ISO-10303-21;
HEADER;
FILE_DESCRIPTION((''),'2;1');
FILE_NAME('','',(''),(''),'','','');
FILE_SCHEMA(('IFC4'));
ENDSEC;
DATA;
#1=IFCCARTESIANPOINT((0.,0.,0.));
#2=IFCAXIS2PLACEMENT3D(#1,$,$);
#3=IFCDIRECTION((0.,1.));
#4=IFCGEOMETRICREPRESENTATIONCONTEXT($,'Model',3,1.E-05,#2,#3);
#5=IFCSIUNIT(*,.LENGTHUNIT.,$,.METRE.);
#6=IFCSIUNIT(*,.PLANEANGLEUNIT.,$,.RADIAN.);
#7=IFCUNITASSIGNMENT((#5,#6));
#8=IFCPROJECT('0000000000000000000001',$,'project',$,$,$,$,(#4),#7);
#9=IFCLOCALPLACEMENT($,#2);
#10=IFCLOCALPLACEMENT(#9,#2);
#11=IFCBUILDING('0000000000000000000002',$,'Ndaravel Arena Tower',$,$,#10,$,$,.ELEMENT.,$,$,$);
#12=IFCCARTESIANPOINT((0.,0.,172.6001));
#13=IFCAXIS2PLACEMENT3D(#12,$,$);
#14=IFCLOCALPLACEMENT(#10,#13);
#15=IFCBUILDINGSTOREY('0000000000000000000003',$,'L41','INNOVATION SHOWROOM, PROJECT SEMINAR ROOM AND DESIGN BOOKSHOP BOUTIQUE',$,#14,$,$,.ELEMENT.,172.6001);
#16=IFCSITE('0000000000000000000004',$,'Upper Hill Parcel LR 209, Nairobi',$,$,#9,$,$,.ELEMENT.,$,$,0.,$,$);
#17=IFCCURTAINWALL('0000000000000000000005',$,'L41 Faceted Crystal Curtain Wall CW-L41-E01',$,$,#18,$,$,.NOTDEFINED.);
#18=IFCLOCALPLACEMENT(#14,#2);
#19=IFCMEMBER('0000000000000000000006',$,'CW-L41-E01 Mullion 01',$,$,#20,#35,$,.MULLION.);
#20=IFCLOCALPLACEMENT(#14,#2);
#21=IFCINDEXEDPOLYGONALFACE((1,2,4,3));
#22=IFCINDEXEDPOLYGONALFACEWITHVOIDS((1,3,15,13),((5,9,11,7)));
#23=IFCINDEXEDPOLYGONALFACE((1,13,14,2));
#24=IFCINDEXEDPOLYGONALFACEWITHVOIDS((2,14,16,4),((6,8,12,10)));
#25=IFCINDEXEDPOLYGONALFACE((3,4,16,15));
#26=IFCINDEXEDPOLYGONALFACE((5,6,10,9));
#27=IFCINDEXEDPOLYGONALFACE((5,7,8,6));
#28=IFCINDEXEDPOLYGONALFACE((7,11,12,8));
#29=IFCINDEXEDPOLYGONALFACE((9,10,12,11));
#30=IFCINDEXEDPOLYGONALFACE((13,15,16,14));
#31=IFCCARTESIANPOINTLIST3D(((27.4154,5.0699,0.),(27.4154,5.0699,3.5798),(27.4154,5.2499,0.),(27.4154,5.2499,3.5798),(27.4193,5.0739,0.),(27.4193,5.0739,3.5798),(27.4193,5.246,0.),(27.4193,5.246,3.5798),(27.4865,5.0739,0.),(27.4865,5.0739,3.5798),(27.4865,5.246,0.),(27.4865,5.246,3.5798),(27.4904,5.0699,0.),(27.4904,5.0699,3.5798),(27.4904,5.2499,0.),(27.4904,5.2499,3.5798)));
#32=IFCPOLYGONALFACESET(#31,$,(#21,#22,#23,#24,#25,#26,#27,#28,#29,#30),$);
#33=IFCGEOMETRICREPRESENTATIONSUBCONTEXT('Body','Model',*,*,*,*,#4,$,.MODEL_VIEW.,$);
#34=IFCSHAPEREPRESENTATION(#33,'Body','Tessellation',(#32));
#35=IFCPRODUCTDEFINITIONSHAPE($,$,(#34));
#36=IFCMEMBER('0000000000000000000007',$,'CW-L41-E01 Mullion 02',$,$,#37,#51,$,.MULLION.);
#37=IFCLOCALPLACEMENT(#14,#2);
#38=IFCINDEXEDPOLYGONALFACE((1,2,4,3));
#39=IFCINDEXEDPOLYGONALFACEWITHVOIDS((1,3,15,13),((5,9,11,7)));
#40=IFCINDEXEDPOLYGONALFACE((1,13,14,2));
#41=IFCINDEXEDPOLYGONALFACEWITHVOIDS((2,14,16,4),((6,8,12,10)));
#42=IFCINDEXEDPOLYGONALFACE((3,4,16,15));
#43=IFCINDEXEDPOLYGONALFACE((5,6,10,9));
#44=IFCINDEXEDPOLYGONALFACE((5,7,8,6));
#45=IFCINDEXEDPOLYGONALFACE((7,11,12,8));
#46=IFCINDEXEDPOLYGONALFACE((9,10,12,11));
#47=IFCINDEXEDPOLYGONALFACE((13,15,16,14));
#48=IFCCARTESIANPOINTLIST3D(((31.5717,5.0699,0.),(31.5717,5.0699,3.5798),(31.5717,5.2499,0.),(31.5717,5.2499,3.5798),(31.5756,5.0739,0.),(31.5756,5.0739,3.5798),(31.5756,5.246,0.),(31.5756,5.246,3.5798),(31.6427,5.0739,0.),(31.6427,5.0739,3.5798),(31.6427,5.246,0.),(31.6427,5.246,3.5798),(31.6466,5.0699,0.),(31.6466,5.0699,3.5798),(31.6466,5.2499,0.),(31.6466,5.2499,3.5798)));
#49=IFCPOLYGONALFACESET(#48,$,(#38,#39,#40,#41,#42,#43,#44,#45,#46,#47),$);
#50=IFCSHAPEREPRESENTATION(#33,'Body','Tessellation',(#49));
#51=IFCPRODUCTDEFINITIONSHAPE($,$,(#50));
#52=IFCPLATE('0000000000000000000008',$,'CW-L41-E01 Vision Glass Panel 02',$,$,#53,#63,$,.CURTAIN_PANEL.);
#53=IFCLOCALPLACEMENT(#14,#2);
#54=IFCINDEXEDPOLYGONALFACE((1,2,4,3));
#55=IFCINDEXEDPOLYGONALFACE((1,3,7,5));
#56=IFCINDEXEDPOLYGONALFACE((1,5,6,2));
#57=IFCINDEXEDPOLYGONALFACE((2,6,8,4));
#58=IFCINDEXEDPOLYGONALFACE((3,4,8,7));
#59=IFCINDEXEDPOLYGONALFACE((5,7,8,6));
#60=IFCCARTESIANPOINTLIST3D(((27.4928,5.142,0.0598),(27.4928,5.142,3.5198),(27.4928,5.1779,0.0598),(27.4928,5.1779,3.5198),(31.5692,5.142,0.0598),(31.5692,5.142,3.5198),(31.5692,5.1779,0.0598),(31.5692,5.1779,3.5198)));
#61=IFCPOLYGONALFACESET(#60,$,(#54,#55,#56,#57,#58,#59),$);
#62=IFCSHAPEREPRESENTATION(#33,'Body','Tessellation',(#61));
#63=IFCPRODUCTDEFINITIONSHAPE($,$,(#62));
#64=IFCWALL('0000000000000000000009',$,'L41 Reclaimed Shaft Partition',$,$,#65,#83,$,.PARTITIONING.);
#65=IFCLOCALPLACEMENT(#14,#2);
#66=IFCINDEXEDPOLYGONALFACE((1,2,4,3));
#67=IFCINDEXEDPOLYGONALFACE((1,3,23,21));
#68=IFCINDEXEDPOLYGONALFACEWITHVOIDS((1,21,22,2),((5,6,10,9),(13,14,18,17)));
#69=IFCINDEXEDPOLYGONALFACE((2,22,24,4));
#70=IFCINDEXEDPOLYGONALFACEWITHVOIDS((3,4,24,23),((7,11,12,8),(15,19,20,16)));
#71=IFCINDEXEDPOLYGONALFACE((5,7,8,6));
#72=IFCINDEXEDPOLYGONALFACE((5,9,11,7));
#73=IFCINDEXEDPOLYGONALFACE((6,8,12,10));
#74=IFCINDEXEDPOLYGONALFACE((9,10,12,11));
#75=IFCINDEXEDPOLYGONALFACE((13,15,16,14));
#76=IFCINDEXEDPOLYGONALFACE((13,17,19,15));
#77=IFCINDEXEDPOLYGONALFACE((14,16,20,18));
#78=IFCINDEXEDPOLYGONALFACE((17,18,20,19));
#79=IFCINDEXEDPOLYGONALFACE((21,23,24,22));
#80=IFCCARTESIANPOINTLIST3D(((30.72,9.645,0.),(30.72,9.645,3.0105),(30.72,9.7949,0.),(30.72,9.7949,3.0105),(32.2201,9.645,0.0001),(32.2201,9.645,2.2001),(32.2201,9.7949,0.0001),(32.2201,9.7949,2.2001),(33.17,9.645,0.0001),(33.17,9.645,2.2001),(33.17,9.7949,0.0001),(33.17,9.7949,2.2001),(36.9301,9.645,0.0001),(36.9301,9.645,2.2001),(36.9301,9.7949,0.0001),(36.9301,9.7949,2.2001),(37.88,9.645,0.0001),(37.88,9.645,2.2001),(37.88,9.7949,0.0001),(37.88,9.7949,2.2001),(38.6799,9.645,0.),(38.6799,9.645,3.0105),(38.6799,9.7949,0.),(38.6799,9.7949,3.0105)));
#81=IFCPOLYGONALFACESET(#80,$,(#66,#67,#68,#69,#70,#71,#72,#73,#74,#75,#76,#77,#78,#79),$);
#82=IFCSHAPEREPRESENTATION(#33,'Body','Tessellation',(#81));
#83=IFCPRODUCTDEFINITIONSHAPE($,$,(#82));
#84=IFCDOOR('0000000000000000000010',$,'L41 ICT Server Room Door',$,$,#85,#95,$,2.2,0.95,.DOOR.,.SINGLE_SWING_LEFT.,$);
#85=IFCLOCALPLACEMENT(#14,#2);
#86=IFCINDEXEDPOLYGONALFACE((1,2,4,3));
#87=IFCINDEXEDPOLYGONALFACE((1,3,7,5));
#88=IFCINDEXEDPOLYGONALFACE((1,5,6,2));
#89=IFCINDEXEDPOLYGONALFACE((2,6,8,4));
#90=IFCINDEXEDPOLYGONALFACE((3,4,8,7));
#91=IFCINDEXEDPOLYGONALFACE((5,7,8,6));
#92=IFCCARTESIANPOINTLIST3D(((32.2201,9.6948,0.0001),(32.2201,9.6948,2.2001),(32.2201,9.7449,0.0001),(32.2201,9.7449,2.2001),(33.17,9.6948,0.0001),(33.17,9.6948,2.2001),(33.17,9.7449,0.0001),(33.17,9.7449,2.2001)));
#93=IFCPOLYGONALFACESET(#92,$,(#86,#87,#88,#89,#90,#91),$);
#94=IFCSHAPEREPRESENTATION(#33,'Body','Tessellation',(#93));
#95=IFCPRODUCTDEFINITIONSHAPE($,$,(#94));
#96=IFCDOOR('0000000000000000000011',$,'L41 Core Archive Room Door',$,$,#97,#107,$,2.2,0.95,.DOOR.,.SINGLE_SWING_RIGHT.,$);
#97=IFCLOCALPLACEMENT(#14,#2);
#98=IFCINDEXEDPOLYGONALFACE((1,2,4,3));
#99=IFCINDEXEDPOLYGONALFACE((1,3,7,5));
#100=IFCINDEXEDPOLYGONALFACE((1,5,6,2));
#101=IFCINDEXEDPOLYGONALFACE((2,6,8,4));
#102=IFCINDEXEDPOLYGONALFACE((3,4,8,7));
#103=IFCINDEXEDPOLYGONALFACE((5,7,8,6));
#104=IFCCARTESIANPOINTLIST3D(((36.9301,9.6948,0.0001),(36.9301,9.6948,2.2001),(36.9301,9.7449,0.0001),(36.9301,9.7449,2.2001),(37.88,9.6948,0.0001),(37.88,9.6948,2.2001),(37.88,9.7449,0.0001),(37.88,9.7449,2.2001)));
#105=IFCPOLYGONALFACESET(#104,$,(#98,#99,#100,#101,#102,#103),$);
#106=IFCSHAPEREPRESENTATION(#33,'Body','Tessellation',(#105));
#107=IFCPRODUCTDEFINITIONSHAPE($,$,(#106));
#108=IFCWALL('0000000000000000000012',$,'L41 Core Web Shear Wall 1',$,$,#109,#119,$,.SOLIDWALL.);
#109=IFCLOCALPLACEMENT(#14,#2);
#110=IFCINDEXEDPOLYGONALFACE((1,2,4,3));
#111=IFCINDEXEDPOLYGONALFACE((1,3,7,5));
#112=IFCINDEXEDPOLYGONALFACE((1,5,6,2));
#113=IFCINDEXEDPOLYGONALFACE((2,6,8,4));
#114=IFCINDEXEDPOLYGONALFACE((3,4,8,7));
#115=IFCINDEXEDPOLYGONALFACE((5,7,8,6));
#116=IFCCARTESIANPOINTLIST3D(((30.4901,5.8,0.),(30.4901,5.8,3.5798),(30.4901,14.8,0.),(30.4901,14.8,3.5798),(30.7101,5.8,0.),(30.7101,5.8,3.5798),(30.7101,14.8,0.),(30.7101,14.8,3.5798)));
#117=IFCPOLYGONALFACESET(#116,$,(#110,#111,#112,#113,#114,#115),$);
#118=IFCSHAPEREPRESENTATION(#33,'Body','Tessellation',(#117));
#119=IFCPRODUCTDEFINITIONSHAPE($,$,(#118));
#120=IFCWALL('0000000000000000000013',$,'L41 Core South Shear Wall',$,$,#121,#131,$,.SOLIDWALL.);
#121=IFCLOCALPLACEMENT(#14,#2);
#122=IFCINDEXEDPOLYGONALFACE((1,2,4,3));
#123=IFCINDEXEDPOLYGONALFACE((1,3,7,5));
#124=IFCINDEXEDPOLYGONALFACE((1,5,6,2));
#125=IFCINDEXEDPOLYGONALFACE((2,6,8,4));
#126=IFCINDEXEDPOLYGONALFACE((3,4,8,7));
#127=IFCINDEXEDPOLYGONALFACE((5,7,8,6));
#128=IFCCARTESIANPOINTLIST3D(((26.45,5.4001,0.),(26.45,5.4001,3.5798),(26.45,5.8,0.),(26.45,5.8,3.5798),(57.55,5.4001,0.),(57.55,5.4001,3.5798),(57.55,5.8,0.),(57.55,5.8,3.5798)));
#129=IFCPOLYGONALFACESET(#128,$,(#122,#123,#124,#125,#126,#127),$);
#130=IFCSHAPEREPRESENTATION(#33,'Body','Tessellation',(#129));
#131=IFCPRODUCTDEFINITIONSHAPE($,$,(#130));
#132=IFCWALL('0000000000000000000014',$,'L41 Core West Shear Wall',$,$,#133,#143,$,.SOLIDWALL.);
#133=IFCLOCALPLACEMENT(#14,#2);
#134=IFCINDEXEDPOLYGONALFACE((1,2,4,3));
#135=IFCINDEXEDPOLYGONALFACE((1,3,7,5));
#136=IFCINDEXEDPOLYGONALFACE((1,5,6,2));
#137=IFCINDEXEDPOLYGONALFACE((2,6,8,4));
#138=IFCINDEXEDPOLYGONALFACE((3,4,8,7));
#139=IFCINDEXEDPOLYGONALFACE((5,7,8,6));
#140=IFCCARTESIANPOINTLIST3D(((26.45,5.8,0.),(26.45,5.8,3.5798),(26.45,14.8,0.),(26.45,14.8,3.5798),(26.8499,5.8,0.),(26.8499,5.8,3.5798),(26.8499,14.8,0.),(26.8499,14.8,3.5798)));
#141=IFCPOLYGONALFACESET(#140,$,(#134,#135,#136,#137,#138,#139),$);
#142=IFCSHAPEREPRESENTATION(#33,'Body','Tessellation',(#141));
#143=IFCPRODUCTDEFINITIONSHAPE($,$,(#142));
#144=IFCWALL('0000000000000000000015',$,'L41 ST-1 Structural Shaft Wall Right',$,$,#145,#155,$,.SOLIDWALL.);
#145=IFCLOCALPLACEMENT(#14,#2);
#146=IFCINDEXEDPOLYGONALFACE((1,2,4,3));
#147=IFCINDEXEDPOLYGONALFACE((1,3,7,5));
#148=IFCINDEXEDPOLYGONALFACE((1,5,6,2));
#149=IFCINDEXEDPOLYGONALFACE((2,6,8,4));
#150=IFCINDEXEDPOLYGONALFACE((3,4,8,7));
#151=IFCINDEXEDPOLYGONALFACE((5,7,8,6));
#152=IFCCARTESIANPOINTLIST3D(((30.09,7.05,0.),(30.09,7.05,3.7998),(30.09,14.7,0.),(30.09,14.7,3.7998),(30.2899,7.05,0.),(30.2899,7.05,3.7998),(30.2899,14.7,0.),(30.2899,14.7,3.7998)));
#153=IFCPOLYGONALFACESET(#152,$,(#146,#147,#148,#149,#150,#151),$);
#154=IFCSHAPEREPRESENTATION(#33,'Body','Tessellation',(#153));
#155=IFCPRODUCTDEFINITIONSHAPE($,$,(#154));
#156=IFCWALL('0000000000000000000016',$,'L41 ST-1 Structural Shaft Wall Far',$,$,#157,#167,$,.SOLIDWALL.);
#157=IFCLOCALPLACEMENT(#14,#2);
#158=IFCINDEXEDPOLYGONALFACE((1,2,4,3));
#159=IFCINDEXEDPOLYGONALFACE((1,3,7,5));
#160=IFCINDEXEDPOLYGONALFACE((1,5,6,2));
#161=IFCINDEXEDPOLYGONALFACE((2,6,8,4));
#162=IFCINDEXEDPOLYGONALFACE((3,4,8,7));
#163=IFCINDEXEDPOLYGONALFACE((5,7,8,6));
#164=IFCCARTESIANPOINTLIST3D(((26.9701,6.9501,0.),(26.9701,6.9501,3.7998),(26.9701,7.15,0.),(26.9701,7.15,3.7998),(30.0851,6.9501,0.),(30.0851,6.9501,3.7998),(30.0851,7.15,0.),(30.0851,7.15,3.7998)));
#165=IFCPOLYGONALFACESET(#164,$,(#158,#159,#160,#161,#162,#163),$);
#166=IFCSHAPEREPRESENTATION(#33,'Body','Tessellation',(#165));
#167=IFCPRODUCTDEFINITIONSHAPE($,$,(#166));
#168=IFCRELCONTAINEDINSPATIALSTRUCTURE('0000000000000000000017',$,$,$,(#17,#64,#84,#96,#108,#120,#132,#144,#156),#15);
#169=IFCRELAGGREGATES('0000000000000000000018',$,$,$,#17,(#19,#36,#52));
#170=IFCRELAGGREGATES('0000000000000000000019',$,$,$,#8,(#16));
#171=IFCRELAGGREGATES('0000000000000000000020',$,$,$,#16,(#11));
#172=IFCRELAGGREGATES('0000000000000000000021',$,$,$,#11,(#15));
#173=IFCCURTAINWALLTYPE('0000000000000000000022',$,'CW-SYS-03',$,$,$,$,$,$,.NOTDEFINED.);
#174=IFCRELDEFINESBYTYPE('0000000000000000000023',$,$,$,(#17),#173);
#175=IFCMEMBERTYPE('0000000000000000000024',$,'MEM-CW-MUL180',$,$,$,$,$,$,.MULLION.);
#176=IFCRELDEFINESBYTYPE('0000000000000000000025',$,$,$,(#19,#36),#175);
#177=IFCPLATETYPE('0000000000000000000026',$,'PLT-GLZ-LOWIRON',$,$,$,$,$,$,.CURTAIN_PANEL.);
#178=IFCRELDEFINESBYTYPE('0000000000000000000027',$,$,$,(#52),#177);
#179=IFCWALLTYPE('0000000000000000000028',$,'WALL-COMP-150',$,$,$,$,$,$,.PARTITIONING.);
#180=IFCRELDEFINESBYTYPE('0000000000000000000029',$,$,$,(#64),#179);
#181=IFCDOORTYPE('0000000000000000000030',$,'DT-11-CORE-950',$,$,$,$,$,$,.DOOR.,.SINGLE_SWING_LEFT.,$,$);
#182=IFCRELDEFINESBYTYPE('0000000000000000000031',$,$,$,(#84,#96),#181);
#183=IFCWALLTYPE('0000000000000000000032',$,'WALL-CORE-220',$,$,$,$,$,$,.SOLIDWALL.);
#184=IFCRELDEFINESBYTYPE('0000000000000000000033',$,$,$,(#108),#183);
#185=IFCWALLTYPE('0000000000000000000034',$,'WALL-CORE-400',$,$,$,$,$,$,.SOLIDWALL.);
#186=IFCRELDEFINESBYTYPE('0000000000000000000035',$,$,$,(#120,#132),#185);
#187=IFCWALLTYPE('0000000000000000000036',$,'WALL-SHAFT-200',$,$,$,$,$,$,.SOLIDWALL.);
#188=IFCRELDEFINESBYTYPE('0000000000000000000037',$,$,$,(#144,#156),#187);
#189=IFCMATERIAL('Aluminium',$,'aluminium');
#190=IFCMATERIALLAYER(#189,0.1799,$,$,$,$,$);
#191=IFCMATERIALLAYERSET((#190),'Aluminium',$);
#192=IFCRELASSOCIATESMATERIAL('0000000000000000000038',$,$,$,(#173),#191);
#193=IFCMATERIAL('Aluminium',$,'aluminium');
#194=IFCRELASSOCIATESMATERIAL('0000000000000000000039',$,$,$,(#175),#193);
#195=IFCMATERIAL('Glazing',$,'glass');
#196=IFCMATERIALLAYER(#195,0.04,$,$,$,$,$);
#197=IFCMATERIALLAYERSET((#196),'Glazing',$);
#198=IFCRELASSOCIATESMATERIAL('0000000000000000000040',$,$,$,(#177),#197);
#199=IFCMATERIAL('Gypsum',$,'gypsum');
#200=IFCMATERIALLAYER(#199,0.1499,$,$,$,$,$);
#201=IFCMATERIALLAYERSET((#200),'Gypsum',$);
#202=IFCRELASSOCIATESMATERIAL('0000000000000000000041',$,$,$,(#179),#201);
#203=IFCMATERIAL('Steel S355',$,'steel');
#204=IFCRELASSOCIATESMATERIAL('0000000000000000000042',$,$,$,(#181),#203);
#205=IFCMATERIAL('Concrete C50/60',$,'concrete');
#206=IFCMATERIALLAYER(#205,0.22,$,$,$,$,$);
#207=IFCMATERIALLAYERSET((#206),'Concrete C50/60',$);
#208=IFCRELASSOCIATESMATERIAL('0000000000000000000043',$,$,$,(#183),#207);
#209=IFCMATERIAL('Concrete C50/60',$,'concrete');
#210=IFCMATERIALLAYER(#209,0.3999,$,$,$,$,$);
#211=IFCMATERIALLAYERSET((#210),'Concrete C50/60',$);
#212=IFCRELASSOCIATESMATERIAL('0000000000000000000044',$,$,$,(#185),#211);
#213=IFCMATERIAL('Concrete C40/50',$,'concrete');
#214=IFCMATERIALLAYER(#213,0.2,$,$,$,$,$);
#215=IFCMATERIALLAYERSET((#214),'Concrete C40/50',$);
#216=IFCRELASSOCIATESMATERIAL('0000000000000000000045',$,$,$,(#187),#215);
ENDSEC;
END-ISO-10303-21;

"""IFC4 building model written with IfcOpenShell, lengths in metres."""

from ifc_helpers import new_model, si_unit, direction, frame, frame_2d, origin, origin_2d, place, context, subcontext, project, spatial, rectangle, hollow_rectangle, extrude, material, layer, layer_set, material_profile, profile_set, type_object, element, fill, aggregate, save


model = new_model("IFC4")

# Units and contexts
model_context = context("Model", 3, precision=1e-05, world=origin(), true_north=direction((0.0, 1.0)))
body_context = subcontext(model_context, "Body", "Model", "MODEL_VIEW")
ifc_project = project(units=[si_unit("LENGTHUNIT", "METRE"), si_unit("PLANEANGLEUNIT", "RADIAN")], contexts=[model_context])

# Site, building, storey
site_placement = place(None, origin())
site = spatial("IfcSite", under=ifc_project, at=site_placement, Name="Upper Hill Parcel LR 209, Nairobi", CompositionType="ELEMENT", RefElevation=0.0)
building_placement = place(site_placement, origin())
building = spatial("IfcBuilding", under=site, at=building_placement, Name="Ndaravel Arena Tower", CompositionType="ELEMENT")
storey_placement = place(building_placement, frame((0.0, 0.0, 172.6001)))
storey = spatial("IfcBuildingStorey", under=building, at=storey_placement, Name="L41", Description="INNOVATION SHOWROOM, PROJECT SEMINAR ROOM AND DESIGN BOOKSHOP BOUTIQUE", CompositionType="ELEMENT", Elevation=172.6001)

# Curtain wall, members, plate
ifc_material_1 = material(Name="Aluminium", Category="aluminium")
ifc_layer_1 = layer(ifc_material_1, 0.1799)
ifc_layer_set_1 = layer_set([ifc_layer_1], Name="Aluminium")
curtain_wall_type = type_object("IfcCurtainWallType", Name="CW-SYS-03", PredefinedType="NOTDEFINED", material=ifc_layer_set_1)
curtain_wall_placement = place(storey_placement, origin())
curtain_wall = element("IfcCurtainWall", 1, at=curtain_wall_placement, inside=storey, type_object=curtain_wall_type, Name="L41 Faceted Crystal Curtain Wall CW-L41-E01", PredefinedType="NOTDEFINED")
ifc_material_2 = material(Name="Aluminium", Category="aluminium")
ifc_material_profile = material_profile(ifc_material_2, hollow_rectangle(XDim=0.075, YDim=0.1799, WallThickness=0.0039, at=origin_2d()), Name="CW MULLION 75x180x4")
ifc_profile_set = profile_set([ifc_material_profile], Name="Aluminium")
member_type = type_object("IfcMemberType", Name="MEM-CW-MUL180", PredefinedType="MULLION", material=ifc_profile_set)
member_1_placement = place(storey_placement, frame((27.4529, 5.1599, 0.0), z_axis=(0.0, 0.0, 1.0), x_axis=(1.0, 0.0, 0.0)))
member_1 = element("IfcMember", 2, at=member_1_placement, type_object=member_type, Name="CW-L41-E01 Mullion 01", PredefinedType="MULLION", context=body_context, shape_type="SweptSolid", body=[
    extrude(hollow_rectangle(XDim=0.075, YDim=0.1799, WallThickness=0.0039, at=origin_2d()), origin(), (0.0, 0.0, 1.0), 3.5798),
])
member_2_placement = place(storey_placement, frame((31.6091, 5.1599, 0.0), z_axis=(0.0, 0.0, 1.0), x_axis=(1.0, 0.0, 0.0)))
member_2 = element("IfcMember", 3, at=member_2_placement, type_object=member_type, Name="CW-L41-E01 Mullion 02", PredefinedType="MULLION", context=body_context, shape_type="SweptSolid", body=[
    extrude(hollow_rectangle(XDim=0.075, YDim=0.1799, WallThickness=0.0039, at=origin_2d()), origin(), (0.0, 0.0, 1.0), 3.5798),
])
ifc_material_3 = material(Name="Glazing", Category="glass")
ifc_layer_2 = layer(ifc_material_3, 0.04)
ifc_layer_set_2 = layer_set([ifc_layer_2], Name="Glazing")
plate_type = type_object("IfcPlateType", Name="PLT-GLZ-LOWIRON", PredefinedType="CURTAIN_PANEL", material=ifc_layer_set_2)
plate_placement = place(storey_placement, frame((29.531, 5.1599, 0.0598), z_axis=(0.0, 0.0, 1.0), x_axis=(1.0, 0.0, 0.0)))
plate = element("IfcPlate", 4, at=plate_placement, type_object=plate_type, Name="CW-L41-E01 Vision Glass Panel 02", PredefinedType="CURTAIN_PANEL", context=body_context, shape_type="SweptSolid", body=[
    extrude(rectangle(XDim=4.0764, YDim=0.0359, at=origin_2d()), origin(), (0.0, 0.0, 1.0), 3.46),
])
aggregate(curtain_wall, [member_1, member_2, plate])

# Wall, openings, doors
ifc_material_4 = material(Name="Gypsum", Category="gypsum")
ifc_layer_3 = layer(ifc_material_4, 0.1499)
ifc_layer_set_3 = layer_set([ifc_layer_3], Name="Gypsum")
wall_type_1 = type_object("IfcWallType", Name="WALL-COMP-150", PredefinedType="PARTITIONING", material=ifc_layer_set_3)
wall_1_placement = place(storey_placement, frame((30.72, 9.72, 0.0), z_axis=(0.0, 0.0, 1.0), x_axis=(1.0, 0.0, 0.0)))
wall_1 = element("IfcWall", 5, at=wall_1_placement, inside=storey, type_object=wall_type_1, Name="L41 Reclaimed Shaft Partition", PredefinedType="PARTITIONING", context=body_context, shape_type="SweptSolid", body=[
    extrude(rectangle(XDim=7.96, YDim=0.1499, at=frame_2d((3.98, 0.0))), origin(), (0.0, 0.0, 1.0), 3.0105),
])
opening_1_placement = place(wall_1_placement, frame((1.5, 0.0, 0.0)))
opening_1 = element("IfcOpeningElement", 6, at=opening_1_placement, cuts=wall_1, PredefinedType="OPENING", context=body_context, shape_type="SweptSolid", body=[
    extrude(rectangle(XDim=0.95, YDim=2.2, at=frame_2d((0.4751, 1.1001))), frame((0.0, 0.075, 0.0), z_axis=(0.0, -1.0, 0.0), x_axis=(1.0, 0.0, 0.0)), (0.0, 0.0, 1.0), 0.1499),
])
opening_2_placement = place(wall_1_placement, frame((6.21, 0.0, 0.0)))
opening_2 = element("IfcOpeningElement", 7, at=opening_2_placement, cuts=wall_1, PredefinedType="OPENING", context=body_context, shape_type="SweptSolid", body=[
    extrude(rectangle(XDim=0.95, YDim=2.2, at=frame_2d((0.4751, 1.1001))), frame((0.0, 0.075, 0.0), z_axis=(0.0, -1.0, 0.0), x_axis=(1.0, 0.0, 0.0)), (0.0, 0.0, 1.0), 0.1499),
])
ifc_material_5 = material(Name="Steel S355", Category="steel")
door_type_1 = type_object("IfcDoorType", Name="DT-11-CORE-950", OperationType="SINGLE_SWING_LEFT", PredefinedType="DOOR", material=ifc_material_5)
door_1_placement = place(opening_1_placement, origin())
door_1 = element("IfcDoor", 8, at=door_1_placement, inside=storey, type_object=door_type_1, Name="L41 ICT Server Room Door", OperationType="SINGLE_SWING_LEFT", OverallHeight=2.2, OverallWidth=0.95, PredefinedType="DOOR", context=body_context, shape_type="SweptSolid", body=[
    extrude(rectangle(XDim=0.95, YDim=2.2, at=frame_2d((0.4751, 1.1001))), frame((0.0, 0.0249, 0.0), z_axis=(0.0, -1.0, 0.0), x_axis=(1.0, 0.0, 0.0)), (0.0, 0.0, 1.0), 0.05),
])
fill(opening_1, door_1)
door_2_placement = place(opening_2_placement, origin())
door_2 = element("IfcDoor", 9, at=door_2_placement, inside=storey, type_object=door_type_1, Name="L41 Core Archive Room Door", OperationType="SINGLE_SWING_RIGHT", OverallHeight=2.2, OverallWidth=0.95, PredefinedType="DOOR", context=body_context, shape_type="SweptSolid", body=[
    extrude(rectangle(XDim=0.95, YDim=2.2, at=frame_2d((0.4751, 1.1001))), frame((0.0, 0.0249, 0.0), z_axis=(0.0, -1.0, 0.0), x_axis=(1.0, 0.0, 0.0)), (0.0, 0.0, 1.0), 0.05),
])
fill(opening_2, door_2)

# Walls
ifc_material_6 = material(Name="Concrete C50/60", Category="concrete")
ifc_layer_4 = layer(ifc_material_6, 0.22)
ifc_layer_set_4 = layer_set([ifc_layer_4], Name="Concrete C50/60")
wall_type_2 = type_object("IfcWallType", Name="WALL-CORE-220", PredefinedType="SOLIDWALL", material=ifc_layer_set_4)
wall_2_placement = place(storey_placement, frame((30.6001, 5.8, 0.0), z_axis=(0.0, 0.0, 1.0), x_axis=(0.0, 1.0, 0.0)))
element("IfcWall", 10, at=wall_2_placement, inside=storey, type_object=wall_type_2, Name="L41 Core Web Shear Wall 1", PredefinedType="SOLIDWALL", context=body_context, shape_type="SweptSolid", body=[
    extrude(rectangle(XDim=9.0, YDim=0.22, at=frame_2d((4.5, 0.0))), origin(), (0.0, 0.0, 1.0), 3.5798),
])
ifc_material_7 = material(Name="Concrete C50/60", Category="concrete")
ifc_layer_5 = layer(ifc_material_7, 0.3999)
ifc_layer_set_5 = layer_set([ifc_layer_5], Name="Concrete C50/60")
wall_type_3 = type_object("IfcWallType", Name="WALL-CORE-400", PredefinedType="SOLIDWALL", material=ifc_layer_set_5)
wall_3_placement = place(storey_placement, frame((26.45, 5.6001, 0.0), z_axis=(0.0, 0.0, 1.0), x_axis=(1.0, 0.0, 0.0)))
element("IfcWall", 11, at=wall_3_placement, inside=storey, type_object=wall_type_3, Name="L41 Core South Shear Wall", PredefinedType="SOLIDWALL", context=body_context, shape_type="SweptSolid", body=[
    extrude(rectangle(XDim=31.1001, YDim=0.3999, at=frame_2d((15.55, 0.0))), origin(), (0.0, 0.0, 1.0), 3.5798),
])
wall_4_placement = place(storey_placement, frame((26.6499, 5.8, 0.0), z_axis=(0.0, 0.0, 1.0), x_axis=(0.0, 1.0, 0.0)))
element("IfcWall", 12, at=wall_4_placement, inside=storey, type_object=wall_type_3, Name="L41 Core West Shear Wall", PredefinedType="SOLIDWALL", context=body_context, shape_type="SweptSolid", body=[
    extrude(rectangle(XDim=9.0, YDim=0.3999, at=frame_2d((4.5, 0.0))), origin(), (0.0, 0.0, 1.0), 3.5798),
])
ifc_material_8 = material(Name="Concrete C40/50", Category="concrete")
ifc_layer_6 = layer(ifc_material_8, 0.2)
ifc_layer_set_6 = layer_set([ifc_layer_6], Name="Concrete C40/50")
wall_type_4 = type_object("IfcWallType", Name="WALL-SHAFT-200", PredefinedType="SOLIDWALL", material=ifc_layer_set_6)
wall_5_placement = place(storey_placement, frame((30.1899, 14.7, 0.0), z_axis=(0.0, 0.0, 1.0), x_axis=(0.0, -1.0, 0.0)))
element("IfcWall", 13, at=wall_5_placement, inside=storey, type_object=wall_type_4, Name="L41 ST-1 Structural Shaft Wall Right", PredefinedType="SOLIDWALL", context=body_context, shape_type="SweptSolid", body=[
    extrude(rectangle(XDim=7.6499, YDim=0.2, at=frame_2d((3.825, 0.0))), origin(), (0.0, 0.0, 1.0), 3.7998),
])
wall_6_placement = place(storey_placement, frame((26.97, 7.05, 0.0), z_axis=(0.0, 0.0, 1.0), x_axis=(1.0, 0.0, 0.0)))
element("IfcWall", 14, at=wall_6_placement, inside=storey, type_object=wall_type_4, Name="L41 ST-1 Structural Shaft Wall Far", PredefinedType="SOLIDWALL", context=body_context, shape_type="SweptSolid", body=[
    extrude(rectangle(XDim=3.115, YDim=0.2, at=frame_2d((1.5576, 0.0))), origin(), (0.0, 0.0, 1.0), 3.7998),
])

save(model, "model.ifc")
